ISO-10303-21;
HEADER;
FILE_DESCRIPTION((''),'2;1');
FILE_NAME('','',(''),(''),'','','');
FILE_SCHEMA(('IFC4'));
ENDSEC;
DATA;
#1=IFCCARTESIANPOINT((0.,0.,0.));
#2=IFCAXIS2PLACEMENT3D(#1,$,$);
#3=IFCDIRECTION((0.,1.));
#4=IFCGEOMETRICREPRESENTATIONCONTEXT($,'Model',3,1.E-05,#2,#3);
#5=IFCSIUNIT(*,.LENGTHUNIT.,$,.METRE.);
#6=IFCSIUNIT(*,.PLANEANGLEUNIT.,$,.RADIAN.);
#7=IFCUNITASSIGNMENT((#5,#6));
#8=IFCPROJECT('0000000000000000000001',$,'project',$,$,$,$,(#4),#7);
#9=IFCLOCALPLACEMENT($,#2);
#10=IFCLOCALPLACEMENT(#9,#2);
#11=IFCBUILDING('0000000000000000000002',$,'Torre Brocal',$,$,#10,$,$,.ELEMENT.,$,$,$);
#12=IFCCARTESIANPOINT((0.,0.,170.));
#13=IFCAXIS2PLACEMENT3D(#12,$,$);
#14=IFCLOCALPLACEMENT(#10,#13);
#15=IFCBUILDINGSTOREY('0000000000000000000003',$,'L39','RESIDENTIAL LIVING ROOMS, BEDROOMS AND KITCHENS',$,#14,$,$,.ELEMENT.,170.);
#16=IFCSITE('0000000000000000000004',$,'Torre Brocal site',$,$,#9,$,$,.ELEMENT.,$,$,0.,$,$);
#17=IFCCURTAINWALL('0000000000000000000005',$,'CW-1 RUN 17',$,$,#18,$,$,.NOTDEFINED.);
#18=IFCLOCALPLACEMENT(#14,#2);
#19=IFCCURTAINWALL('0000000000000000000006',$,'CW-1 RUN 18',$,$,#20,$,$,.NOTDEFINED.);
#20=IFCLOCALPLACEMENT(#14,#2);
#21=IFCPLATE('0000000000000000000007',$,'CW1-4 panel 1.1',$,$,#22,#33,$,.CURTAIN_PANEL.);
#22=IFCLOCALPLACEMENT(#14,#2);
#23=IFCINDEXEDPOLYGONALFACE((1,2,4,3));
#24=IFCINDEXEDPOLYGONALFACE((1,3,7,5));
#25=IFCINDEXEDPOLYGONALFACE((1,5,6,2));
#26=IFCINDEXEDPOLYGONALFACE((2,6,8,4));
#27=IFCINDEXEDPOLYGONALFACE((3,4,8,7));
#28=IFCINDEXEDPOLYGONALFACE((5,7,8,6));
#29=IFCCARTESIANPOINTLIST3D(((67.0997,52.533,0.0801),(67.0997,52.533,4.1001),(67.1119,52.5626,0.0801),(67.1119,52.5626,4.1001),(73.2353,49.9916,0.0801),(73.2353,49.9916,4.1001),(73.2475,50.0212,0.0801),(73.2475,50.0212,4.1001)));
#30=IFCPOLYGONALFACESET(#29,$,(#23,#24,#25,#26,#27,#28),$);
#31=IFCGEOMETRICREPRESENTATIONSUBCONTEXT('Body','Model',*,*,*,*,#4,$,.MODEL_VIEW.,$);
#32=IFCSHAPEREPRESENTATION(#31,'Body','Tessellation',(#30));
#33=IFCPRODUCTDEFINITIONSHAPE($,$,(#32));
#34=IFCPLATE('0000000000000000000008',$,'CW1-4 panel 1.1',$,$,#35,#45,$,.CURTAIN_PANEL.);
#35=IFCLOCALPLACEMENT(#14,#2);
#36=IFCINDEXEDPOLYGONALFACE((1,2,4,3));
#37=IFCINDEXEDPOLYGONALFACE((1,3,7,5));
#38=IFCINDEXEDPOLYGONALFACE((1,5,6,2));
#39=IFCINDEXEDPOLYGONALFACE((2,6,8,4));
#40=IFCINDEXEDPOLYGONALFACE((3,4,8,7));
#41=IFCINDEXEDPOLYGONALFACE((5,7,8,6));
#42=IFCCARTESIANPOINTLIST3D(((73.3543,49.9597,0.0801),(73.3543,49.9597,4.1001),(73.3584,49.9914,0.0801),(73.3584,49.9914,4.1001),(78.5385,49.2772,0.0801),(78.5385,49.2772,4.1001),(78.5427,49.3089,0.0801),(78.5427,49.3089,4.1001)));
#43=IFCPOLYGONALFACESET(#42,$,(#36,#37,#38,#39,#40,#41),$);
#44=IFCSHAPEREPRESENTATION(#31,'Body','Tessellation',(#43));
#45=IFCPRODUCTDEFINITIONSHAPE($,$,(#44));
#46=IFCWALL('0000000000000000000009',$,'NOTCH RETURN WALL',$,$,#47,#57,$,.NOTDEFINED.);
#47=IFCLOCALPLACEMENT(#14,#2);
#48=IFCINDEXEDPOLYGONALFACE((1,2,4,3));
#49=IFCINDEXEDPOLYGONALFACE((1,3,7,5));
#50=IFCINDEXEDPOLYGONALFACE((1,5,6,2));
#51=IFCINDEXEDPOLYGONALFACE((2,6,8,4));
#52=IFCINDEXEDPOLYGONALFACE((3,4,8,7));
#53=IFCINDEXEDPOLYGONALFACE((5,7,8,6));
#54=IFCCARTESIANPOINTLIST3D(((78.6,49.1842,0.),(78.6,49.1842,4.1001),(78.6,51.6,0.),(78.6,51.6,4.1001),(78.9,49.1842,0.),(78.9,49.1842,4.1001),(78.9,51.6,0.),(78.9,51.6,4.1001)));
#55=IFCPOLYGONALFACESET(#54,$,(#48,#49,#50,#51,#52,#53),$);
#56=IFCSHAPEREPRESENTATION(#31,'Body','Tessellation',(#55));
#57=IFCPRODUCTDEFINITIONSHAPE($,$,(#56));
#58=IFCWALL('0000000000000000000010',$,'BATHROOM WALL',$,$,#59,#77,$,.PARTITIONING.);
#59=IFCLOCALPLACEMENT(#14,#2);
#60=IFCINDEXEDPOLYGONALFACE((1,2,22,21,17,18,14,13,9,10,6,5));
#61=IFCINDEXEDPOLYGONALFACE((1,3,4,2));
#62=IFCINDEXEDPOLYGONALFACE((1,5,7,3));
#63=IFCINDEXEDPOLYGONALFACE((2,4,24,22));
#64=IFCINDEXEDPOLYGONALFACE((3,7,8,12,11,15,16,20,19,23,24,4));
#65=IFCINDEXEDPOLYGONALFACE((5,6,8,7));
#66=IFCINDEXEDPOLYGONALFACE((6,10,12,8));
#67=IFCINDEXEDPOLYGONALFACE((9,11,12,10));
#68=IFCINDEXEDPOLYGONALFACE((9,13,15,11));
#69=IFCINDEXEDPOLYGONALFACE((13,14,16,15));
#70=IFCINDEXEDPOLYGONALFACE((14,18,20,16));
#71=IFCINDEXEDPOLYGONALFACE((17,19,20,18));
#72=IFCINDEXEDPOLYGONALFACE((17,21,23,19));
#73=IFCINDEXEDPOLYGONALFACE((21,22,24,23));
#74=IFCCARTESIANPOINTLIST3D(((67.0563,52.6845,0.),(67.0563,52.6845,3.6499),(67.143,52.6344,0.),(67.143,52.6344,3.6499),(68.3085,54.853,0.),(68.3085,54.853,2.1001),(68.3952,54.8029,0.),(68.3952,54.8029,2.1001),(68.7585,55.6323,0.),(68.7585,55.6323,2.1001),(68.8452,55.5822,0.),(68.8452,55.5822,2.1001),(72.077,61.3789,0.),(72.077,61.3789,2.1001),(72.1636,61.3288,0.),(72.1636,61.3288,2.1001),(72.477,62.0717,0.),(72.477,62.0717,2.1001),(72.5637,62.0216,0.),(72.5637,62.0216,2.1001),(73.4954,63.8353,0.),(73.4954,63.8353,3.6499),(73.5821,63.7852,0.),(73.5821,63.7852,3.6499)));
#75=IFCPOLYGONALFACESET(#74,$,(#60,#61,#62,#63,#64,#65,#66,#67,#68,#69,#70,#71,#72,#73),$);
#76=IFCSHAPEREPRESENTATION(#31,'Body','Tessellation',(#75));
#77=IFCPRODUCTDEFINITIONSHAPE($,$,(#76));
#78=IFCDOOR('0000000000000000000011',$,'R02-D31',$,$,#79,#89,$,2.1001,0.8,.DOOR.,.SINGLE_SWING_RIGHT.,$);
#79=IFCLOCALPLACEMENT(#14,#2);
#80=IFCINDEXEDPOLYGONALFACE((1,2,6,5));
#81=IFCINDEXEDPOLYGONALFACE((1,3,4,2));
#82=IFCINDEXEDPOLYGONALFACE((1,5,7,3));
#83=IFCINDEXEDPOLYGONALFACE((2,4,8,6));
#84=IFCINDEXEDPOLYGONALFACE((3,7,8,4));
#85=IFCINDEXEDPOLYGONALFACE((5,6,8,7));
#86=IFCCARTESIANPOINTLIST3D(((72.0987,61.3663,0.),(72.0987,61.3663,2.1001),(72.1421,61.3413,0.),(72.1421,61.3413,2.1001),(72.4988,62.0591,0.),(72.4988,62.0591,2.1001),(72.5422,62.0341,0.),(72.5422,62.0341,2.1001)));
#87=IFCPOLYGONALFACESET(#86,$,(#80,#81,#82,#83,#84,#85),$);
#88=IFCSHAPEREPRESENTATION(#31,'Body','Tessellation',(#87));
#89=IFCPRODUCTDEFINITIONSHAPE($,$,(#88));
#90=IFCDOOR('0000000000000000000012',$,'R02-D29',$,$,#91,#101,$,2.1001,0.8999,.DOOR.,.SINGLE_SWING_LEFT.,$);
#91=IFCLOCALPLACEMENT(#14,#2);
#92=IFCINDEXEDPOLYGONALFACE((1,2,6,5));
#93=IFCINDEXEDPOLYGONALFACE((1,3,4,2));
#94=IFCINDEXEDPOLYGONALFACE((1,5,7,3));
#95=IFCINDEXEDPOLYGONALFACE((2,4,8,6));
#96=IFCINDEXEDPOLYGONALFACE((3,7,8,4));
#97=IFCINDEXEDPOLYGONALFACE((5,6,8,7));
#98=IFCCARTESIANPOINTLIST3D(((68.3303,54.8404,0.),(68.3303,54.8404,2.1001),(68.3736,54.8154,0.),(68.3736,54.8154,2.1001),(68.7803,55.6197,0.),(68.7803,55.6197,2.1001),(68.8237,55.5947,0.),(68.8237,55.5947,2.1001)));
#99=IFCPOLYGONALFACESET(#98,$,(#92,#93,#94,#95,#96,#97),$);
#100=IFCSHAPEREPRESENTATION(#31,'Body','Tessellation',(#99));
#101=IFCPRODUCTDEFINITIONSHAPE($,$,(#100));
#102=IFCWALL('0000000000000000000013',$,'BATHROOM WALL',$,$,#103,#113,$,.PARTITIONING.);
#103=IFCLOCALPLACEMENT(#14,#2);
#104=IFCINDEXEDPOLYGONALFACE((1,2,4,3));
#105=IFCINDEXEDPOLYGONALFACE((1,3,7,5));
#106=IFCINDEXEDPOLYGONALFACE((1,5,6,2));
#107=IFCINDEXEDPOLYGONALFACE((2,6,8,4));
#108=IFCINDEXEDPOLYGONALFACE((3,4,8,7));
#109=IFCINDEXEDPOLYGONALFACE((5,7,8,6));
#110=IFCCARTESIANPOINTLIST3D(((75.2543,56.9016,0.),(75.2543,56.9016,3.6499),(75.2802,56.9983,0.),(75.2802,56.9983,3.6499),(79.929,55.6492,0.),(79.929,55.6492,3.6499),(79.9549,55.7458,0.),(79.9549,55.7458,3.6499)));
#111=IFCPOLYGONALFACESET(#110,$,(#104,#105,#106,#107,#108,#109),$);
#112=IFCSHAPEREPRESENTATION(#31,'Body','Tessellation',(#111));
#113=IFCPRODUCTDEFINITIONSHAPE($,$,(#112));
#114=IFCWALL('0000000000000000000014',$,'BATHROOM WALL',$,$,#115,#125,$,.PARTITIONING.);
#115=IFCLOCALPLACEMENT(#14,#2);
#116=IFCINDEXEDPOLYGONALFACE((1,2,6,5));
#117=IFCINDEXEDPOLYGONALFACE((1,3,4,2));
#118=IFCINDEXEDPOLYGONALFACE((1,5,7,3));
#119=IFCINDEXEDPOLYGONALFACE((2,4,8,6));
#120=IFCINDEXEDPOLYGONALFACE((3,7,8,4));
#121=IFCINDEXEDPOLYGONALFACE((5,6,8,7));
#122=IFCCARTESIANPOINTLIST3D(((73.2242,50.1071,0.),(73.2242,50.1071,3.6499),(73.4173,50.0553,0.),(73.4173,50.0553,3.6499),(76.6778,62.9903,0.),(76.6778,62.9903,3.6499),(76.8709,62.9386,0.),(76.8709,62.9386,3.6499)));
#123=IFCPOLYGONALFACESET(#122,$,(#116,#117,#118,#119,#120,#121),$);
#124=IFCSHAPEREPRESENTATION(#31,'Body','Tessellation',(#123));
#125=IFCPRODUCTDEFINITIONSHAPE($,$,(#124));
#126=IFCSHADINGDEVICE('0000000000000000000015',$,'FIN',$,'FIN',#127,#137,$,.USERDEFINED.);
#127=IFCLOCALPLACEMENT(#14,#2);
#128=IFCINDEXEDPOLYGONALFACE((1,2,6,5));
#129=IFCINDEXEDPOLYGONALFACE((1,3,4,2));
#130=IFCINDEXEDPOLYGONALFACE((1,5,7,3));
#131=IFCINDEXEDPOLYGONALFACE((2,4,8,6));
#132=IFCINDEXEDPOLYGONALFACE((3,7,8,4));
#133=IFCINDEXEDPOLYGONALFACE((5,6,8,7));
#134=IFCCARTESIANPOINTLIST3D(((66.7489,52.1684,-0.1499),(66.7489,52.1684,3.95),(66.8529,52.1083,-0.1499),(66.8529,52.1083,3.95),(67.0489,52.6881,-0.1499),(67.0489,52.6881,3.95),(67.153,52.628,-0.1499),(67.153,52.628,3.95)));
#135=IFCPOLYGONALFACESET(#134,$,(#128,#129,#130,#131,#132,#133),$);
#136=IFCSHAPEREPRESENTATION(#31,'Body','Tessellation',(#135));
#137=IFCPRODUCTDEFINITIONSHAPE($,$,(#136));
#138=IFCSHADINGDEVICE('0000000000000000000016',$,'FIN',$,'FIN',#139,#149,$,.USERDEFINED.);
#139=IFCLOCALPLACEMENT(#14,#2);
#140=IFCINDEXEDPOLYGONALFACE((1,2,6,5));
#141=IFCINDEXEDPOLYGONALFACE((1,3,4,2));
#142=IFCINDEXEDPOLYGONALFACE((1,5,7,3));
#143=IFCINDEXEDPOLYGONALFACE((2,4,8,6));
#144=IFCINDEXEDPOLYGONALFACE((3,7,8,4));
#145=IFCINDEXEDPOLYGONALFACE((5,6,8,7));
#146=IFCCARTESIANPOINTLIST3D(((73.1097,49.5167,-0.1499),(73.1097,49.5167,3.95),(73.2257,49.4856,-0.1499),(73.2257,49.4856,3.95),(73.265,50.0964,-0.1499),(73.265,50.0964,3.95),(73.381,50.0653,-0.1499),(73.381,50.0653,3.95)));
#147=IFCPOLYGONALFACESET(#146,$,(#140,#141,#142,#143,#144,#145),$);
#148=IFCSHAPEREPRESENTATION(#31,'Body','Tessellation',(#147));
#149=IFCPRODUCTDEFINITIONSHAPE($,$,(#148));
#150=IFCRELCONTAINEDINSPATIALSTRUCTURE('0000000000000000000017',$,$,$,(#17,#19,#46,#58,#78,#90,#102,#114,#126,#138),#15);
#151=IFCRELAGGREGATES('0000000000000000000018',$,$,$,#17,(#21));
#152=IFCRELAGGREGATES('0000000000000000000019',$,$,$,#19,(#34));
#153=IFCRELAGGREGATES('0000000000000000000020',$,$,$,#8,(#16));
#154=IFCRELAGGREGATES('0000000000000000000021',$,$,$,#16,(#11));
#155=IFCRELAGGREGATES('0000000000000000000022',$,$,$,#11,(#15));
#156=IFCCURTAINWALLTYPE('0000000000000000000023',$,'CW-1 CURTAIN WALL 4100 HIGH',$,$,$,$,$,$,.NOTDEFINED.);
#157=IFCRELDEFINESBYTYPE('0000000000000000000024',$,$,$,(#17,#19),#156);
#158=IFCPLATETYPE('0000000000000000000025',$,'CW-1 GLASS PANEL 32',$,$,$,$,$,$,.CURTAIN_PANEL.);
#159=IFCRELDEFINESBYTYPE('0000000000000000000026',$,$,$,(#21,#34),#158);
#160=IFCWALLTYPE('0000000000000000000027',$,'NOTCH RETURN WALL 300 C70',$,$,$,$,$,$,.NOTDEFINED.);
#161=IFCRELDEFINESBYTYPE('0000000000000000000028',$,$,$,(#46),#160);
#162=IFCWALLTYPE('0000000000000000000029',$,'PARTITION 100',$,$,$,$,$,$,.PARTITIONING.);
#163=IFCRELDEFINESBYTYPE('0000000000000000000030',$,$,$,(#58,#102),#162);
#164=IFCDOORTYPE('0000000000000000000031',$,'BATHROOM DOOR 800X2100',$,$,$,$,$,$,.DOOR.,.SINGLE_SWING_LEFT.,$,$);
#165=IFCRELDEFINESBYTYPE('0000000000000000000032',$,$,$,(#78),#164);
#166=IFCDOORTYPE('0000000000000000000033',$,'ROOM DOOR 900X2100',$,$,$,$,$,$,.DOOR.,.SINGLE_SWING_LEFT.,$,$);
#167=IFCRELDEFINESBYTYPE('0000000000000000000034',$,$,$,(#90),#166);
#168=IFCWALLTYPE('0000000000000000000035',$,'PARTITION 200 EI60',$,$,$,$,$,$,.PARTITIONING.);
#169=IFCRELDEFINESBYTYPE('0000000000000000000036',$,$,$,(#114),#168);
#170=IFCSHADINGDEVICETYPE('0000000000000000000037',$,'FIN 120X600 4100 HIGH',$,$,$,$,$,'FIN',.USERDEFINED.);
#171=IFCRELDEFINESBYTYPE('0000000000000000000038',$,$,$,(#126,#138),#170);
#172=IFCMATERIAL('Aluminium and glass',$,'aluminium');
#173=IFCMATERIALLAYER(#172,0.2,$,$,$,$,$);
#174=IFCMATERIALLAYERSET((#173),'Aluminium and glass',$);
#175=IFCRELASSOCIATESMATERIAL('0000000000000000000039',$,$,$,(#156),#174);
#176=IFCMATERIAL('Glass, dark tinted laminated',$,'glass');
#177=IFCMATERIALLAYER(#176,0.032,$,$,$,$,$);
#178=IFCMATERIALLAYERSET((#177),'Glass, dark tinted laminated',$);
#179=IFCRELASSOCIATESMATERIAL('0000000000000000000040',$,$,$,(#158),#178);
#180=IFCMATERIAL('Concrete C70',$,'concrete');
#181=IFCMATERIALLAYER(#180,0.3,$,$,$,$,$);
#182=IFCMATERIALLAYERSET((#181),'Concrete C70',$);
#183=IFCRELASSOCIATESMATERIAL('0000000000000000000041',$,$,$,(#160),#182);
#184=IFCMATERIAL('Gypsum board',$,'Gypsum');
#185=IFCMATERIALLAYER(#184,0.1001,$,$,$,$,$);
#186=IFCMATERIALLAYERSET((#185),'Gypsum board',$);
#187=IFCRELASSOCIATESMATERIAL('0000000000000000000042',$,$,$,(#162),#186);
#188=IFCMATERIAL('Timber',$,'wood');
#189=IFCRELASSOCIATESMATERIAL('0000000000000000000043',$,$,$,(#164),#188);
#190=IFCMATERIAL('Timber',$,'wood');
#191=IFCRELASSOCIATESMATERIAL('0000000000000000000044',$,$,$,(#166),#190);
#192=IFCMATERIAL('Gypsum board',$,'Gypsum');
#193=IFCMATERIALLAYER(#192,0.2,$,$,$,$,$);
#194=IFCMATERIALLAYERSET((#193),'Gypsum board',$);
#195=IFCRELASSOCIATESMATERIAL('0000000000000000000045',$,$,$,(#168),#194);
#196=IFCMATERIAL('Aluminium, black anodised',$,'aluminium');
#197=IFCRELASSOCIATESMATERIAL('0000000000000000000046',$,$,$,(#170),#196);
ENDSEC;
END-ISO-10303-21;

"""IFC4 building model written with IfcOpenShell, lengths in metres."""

from ifc_helpers import new_model, si_unit, direction, frame, frame_2d, origin, origin_2d, place, context, subcontext, project, spatial, rectangle, extrude, material, layer, layer_set, material_profile, profile_set, type_object, element, fill, aggregate, save


model = new_model("IFC4")

# Units and contexts
model_context = context("Model", 3, precision=1e-05, world=origin(), true_north=direction((0.0, 1.0)))
body_context = subcontext(model_context, "Body", "Model", "MODEL_VIEW")
ifc_project = project(units=[si_unit("LENGTHUNIT", "METRE"), si_unit("PLANEANGLEUNIT", "RADIAN")], contexts=[model_context])

# Site, building, storey
site_placement = place(None, origin())
site = spatial("IfcSite", under=ifc_project, at=site_placement, Name="Torre Brocal site", CompositionType="ELEMENT", RefElevation=0.0)
building_placement = place(site_placement, origin())
building = spatial("IfcBuilding", under=site, at=building_placement, Name="Torre Brocal", CompositionType="ELEMENT")
storey_placement = place(building_placement, frame((0.0, 0.0, 170.0)))
storey = spatial("IfcBuildingStorey", under=building, at=storey_placement, Name="L39", Description="RESIDENTIAL LIVING ROOMS, BEDROOMS AND KITCHENS", CompositionType="ELEMENT", Elevation=170.0)

# Shared definitions
ifc_material_1 = material(Name="Aluminium and glass", Category="aluminium")
ifc_layer_1 = layer(ifc_material_1, 0.2)
ifc_layer_set_1 = layer_set([ifc_layer_1], Name="Aluminium and glass")
curtain_wall_type = type_object("IfcCurtainWallType", Name="CW-1 CURTAIN WALL 4100 HIGH", PredefinedType="NOTDEFINED", material=ifc_layer_set_1)

# Curtain walls
curtain_wall_1_placement = place(storey_placement, origin())
curtain_wall_1 = element("IfcCurtainWall", 1, at=curtain_wall_1_placement, inside=storey, type_object=curtain_wall_type, Name="CW-1 RUN 17", PredefinedType="NOTDEFINED")
curtain_wall_2_placement = place(storey_placement, origin())
curtain_wall_2 = element("IfcCurtainWall", 2, at=curtain_wall_2_placement, inside=storey, type_object=curtain_wall_type, Name="CW-1 RUN 18", PredefinedType="NOTDEFINED")

# Plates
ifc_material_2 = material(Name="Glass, dark tinted laminated", Category="glass")
ifc_layer_2 = layer(ifc_material_2, 0.032)
ifc_layer_set_2 = layer_set([ifc_layer_2], Name="Glass, dark tinted laminated")
plate_type = type_object("IfcPlateType", Name="CW-1 GLASS PANEL 32", PredefinedType="CURTAIN_PANEL", material=ifc_layer_set_2)
plate_1_placement = place(storey_placement, frame((70.1736, 51.2771, 0.0801), z_axis=(0.0, 0.0, 1.0), x_axis=(0.92388, -0.382683, 0.0)))
plate_1 = element("IfcPlate", 3, at=plate_1_placement, type_object=plate_type, Name="CW1-4 panel 1.1", PredefinedType="CURTAIN_PANEL", context=body_context, shape_type="SweptSolid", body=[
    extrude(rectangle(XDim=6.6411, YDim=0.032, at=origin_2d()), origin(), (0.0, 0.0, 1.0), 4.02),
])
aggregate(curtain_wall_1, [plate_1])
plate_2_placement = place(storey_placement, frame((75.9485, 49.6343, 0.0801), z_axis=(0.0, 0.0, 1.0), x_axis=(0.991445, -0.130526, 0.0)))
plate_2 = element("IfcPlate", 4, at=plate_2_placement, type_object=plate_type, Name="CW1-4 panel 1.1", PredefinedType="CURTAIN_PANEL", context=body_context, shape_type="SweptSolid", body=[
    extrude(rectangle(XDim=5.229, YDim=0.032, at=origin_2d()), origin(), (0.0, 0.0, 1.0), 4.02),
])
aggregate(curtain_wall_2, [plate_2])

# Wall
ifc_material_3 = material(Name="Concrete C70", Category="concrete")
ifc_layer_3 = layer(ifc_material_3, 0.3)
ifc_layer_set_3 = layer_set([ifc_layer_3], Name="Concrete C70")
wall_type_1 = type_object("IfcWallType", Name="NOTCH RETURN WALL 300 C70", PredefinedType="NOTDEFINED", material=ifc_layer_set_3)
wall_1_placement = place(storey_placement, frame((78.75, 51.6001, 0.0), z_axis=(0.0, 0.0, 1.0), x_axis=(0.0, -1.0, 0.0)))
element("IfcWall", 5, at=wall_1_placement, inside=storey, type_object=wall_type_1, Name="NOTCH RETURN WALL", PredefinedType="NOTDEFINED", context=body_context, shape_type="SweptSolid", body=[
    extrude(rectangle(XDim=2.4158, YDim=0.3, at=frame_2d((1.208, 0.0))), origin(), (0.0, 0.0, 1.0), 4.1001),
])

# Wall, openings, doors
ifc_material_4 = material(Name="Gypsum board", Category="Gypsum")
ifc_layer_4 = layer(ifc_material_4, 0.1001)
ifc_layer_set_4 = layer_set([ifc_layer_4], Name="Gypsum board")
wall_type_2 = type_object("IfcWallType", Name="PARTITION 100", PredefinedType="PARTITIONING", material=ifc_layer_set_4)
wall_2_placement = place(storey_placement, frame((67.0996, 52.6594, 0.0), z_axis=(0.0, 0.0, 1.0), x_axis=(0.500073, 0.865983, 0.0)))
wall_2 = element("IfcWall", 6, at=wall_2_placement, inside=storey, type_object=wall_type_2, Name="BATHROOM WALL", PredefinedType="PARTITIONING", context=body_context, shape_type="SweptSolid", body=[
    extrude(rectangle(XDim=12.8765, YDim=0.1001, at=frame_2d((6.4382, 0.0))), origin(), (0.0, 0.0, 1.0), 3.6499),
])
opening_1_placement = place(wall_2_placement, frame((2.5042, 0.0, 0.0)))
opening_1 = element("IfcOpeningElement", 7, at=opening_1_placement, cuts=wall_2, PredefinedType="OPENING", context=body_context, shape_type="SweptSolid", body=[
    extrude(rectangle(XDim=0.8999, YDim=2.1001, at=frame_2d((0.45, 1.05))), frame((0.0, 0.0601, 0.0), z_axis=(0.0, -1.0, 0.0), x_axis=(1.0, 0.0, 0.0)), (0.0, 0.0, 1.0), 0.1201),
])
opening_2_placement = place(wall_2_placement, frame((10.04, 0.0, 0.0)))
opening_2 = element("IfcOpeningElement", 8, at=opening_2_placement, cuts=wall_2, PredefinedType="OPENING", context=body_context, shape_type="SweptSolid", body=[
    extrude(rectangle(XDim=0.8, YDim=2.1001, at=frame_2d((0.3999, 1.05))), frame((0.0, 0.0601, 0.0), z_axis=(0.0, -1.0, 0.0), x_axis=(1.0, 0.0, 0.0)), (0.0, 0.0, 1.0), 0.1201),
])
ifc_material_5 = material(Name="Timber", Category="wood")
door_type_1 = type_object("IfcDoorType", Name="BATHROOM DOOR 800X2100", OperationType="SINGLE_SWING_LEFT", PredefinedType="DOOR", material=ifc_material_5)
door_1_placement = place(opening_2_placement, origin())
door_1 = element("IfcDoor", 9, at=door_1_placement, inside=storey, type_object=door_type_1, Name="R02-D31", OperationType="SINGLE_SWING_RIGHT", OverallHeight=2.1001, OverallWidth=0.8, PredefinedType="DOOR", context=body_context, shape_type="SweptSolid", body=[
    extrude(rectangle(XDim=0.8, YDim=2.1001, at=frame_2d((0.3999, 1.05))), frame((0.0, 0.0249, 0.0), z_axis=(0.0, -1.0, 0.0), x_axis=(1.0, 0.0, 0.0)), (0.0, 0.0, 1.0), 0.05),
])
fill(opening_2, door_1)
ifc_material_6 = material(Name="Timber", Category="wood")
door_type_2 = type_object("IfcDoorType", Name="ROOM DOOR 900X2100", OperationType="SINGLE_SWING_LEFT", PredefinedType="DOOR", material=ifc_material_6)
door_2_placement = place(opening_1_placement, origin())
door_2 = element("IfcDoor", 10, at=door_2_placement, inside=storey, type_object=door_type_2, Name="R02-D29", OperationType="SINGLE_SWING_LEFT", OverallHeight=2.1001, OverallWidth=0.8999, PredefinedType="DOOR", context=body_context, shape_type="SweptSolid", body=[
    extrude(rectangle(XDim=0.8999, YDim=2.1001, at=frame_2d((0.45, 1.05))), frame((0.0, 0.0249, 0.0), z_axis=(0.0, -1.0, 0.0), x_axis=(1.0, 0.0, 0.0)), (0.0, 0.0, 1.0), 0.05),
])
fill(opening_1, door_2)

# Walls
wall_3_placement = place(storey_placement, frame((75.2671, 56.95, 0.0), z_axis=(0.0, 0.0, 1.0), x_axis=(0.965935, -0.258787, 0.0)))
element("IfcWall", 11, at=wall_3_placement, inside=storey, type_object=wall_type_2, Name="BATHROOM WALL", PredefinedType="PARTITIONING", context=body_context, shape_type="SweptSolid", body=[
    extrude(rectangle(XDim=4.8396, YDim=0.1001, at=frame_2d((2.4199, 0.0))), origin(), (0.0, 0.0, 1.0), 3.6499),
])
ifc_material_7 = material(Name="Gypsum board", Category="Gypsum")
ifc_layer_5 = layer(ifc_material_7, 0.2)
ifc_layer_set_5 = layer_set([ifc_layer_5], Name="Gypsum board")
wall_type_3 = type_object("IfcWallType", Name="PARTITION 200 EI60", PredefinedType="PARTITIONING", material=ifc_layer_set_5)
wall_4_placement = place(storey_placement, frame((73.3208, 50.0813, 0.0), z_axis=(0.0, 0.0, 1.0), x_axis=(0.258927, 0.965897, 0.0)))
element("IfcWall", 12, at=wall_4_placement, inside=storey, type_object=wall_type_3, Name="BATHROOM WALL", PredefinedType="PARTITIONING", context=body_context, shape_type="SweptSolid", body=[
    extrude(rectangle(XDim=13.3381, YDim=0.2, at=frame_2d((6.6689, 0.0))), origin(), (0.0, 0.0, 1.0), 3.6499),
])

# Shading devices
ifc_material_8 = material(Name="Aluminium, black anodised", Category="aluminium")
ifc_material_profile_1 = material_profile(ifc_material_8, rectangle(XDim=0.1201, YDim=0.6001, at=origin_2d()), Name="FIN 120X600 4100 HIGH")
ifc_profile_set_1 = profile_set([ifc_material_profile_1], Name="Aluminium, black anodised")
shading_device_type = type_object("IfcShadingDeviceType", Name="FIN 120X600 4100 HIGH", ElementType="FIN", PredefinedType="USERDEFINED", material=ifc_profile_set_1)
for number, where, z_axis, x_axis, name in (
    (13, (66.9509, 52.3982, -0.1499), (0.0, 0.0, 1.0), (0.866025, -0.5, 0.0), "FIN"),
    (14, (73.2454, 49.791, -0.1499), (0.0, 0.0, 1.0), (0.965926, -0.258819, 0.0), "FIN"),
):
    element("IfcShadingDevice", number, at=place(storey_placement, frame(where, z_axis=z_axis, x_axis=x_axis)), inside=storey, type_object=shading_device_type, Name=name, ObjectType="FIN", PredefinedType="USERDEFINED", context=body_context, shape_type="SweptSolid", body=[
        extrude(rectangle(XDim=0.1201, YDim=0.6001, at=origin_2d()), origin(), (0.0, 0.0, 1.0), 4.0999),
    ])

save(model, "model.ifc")
